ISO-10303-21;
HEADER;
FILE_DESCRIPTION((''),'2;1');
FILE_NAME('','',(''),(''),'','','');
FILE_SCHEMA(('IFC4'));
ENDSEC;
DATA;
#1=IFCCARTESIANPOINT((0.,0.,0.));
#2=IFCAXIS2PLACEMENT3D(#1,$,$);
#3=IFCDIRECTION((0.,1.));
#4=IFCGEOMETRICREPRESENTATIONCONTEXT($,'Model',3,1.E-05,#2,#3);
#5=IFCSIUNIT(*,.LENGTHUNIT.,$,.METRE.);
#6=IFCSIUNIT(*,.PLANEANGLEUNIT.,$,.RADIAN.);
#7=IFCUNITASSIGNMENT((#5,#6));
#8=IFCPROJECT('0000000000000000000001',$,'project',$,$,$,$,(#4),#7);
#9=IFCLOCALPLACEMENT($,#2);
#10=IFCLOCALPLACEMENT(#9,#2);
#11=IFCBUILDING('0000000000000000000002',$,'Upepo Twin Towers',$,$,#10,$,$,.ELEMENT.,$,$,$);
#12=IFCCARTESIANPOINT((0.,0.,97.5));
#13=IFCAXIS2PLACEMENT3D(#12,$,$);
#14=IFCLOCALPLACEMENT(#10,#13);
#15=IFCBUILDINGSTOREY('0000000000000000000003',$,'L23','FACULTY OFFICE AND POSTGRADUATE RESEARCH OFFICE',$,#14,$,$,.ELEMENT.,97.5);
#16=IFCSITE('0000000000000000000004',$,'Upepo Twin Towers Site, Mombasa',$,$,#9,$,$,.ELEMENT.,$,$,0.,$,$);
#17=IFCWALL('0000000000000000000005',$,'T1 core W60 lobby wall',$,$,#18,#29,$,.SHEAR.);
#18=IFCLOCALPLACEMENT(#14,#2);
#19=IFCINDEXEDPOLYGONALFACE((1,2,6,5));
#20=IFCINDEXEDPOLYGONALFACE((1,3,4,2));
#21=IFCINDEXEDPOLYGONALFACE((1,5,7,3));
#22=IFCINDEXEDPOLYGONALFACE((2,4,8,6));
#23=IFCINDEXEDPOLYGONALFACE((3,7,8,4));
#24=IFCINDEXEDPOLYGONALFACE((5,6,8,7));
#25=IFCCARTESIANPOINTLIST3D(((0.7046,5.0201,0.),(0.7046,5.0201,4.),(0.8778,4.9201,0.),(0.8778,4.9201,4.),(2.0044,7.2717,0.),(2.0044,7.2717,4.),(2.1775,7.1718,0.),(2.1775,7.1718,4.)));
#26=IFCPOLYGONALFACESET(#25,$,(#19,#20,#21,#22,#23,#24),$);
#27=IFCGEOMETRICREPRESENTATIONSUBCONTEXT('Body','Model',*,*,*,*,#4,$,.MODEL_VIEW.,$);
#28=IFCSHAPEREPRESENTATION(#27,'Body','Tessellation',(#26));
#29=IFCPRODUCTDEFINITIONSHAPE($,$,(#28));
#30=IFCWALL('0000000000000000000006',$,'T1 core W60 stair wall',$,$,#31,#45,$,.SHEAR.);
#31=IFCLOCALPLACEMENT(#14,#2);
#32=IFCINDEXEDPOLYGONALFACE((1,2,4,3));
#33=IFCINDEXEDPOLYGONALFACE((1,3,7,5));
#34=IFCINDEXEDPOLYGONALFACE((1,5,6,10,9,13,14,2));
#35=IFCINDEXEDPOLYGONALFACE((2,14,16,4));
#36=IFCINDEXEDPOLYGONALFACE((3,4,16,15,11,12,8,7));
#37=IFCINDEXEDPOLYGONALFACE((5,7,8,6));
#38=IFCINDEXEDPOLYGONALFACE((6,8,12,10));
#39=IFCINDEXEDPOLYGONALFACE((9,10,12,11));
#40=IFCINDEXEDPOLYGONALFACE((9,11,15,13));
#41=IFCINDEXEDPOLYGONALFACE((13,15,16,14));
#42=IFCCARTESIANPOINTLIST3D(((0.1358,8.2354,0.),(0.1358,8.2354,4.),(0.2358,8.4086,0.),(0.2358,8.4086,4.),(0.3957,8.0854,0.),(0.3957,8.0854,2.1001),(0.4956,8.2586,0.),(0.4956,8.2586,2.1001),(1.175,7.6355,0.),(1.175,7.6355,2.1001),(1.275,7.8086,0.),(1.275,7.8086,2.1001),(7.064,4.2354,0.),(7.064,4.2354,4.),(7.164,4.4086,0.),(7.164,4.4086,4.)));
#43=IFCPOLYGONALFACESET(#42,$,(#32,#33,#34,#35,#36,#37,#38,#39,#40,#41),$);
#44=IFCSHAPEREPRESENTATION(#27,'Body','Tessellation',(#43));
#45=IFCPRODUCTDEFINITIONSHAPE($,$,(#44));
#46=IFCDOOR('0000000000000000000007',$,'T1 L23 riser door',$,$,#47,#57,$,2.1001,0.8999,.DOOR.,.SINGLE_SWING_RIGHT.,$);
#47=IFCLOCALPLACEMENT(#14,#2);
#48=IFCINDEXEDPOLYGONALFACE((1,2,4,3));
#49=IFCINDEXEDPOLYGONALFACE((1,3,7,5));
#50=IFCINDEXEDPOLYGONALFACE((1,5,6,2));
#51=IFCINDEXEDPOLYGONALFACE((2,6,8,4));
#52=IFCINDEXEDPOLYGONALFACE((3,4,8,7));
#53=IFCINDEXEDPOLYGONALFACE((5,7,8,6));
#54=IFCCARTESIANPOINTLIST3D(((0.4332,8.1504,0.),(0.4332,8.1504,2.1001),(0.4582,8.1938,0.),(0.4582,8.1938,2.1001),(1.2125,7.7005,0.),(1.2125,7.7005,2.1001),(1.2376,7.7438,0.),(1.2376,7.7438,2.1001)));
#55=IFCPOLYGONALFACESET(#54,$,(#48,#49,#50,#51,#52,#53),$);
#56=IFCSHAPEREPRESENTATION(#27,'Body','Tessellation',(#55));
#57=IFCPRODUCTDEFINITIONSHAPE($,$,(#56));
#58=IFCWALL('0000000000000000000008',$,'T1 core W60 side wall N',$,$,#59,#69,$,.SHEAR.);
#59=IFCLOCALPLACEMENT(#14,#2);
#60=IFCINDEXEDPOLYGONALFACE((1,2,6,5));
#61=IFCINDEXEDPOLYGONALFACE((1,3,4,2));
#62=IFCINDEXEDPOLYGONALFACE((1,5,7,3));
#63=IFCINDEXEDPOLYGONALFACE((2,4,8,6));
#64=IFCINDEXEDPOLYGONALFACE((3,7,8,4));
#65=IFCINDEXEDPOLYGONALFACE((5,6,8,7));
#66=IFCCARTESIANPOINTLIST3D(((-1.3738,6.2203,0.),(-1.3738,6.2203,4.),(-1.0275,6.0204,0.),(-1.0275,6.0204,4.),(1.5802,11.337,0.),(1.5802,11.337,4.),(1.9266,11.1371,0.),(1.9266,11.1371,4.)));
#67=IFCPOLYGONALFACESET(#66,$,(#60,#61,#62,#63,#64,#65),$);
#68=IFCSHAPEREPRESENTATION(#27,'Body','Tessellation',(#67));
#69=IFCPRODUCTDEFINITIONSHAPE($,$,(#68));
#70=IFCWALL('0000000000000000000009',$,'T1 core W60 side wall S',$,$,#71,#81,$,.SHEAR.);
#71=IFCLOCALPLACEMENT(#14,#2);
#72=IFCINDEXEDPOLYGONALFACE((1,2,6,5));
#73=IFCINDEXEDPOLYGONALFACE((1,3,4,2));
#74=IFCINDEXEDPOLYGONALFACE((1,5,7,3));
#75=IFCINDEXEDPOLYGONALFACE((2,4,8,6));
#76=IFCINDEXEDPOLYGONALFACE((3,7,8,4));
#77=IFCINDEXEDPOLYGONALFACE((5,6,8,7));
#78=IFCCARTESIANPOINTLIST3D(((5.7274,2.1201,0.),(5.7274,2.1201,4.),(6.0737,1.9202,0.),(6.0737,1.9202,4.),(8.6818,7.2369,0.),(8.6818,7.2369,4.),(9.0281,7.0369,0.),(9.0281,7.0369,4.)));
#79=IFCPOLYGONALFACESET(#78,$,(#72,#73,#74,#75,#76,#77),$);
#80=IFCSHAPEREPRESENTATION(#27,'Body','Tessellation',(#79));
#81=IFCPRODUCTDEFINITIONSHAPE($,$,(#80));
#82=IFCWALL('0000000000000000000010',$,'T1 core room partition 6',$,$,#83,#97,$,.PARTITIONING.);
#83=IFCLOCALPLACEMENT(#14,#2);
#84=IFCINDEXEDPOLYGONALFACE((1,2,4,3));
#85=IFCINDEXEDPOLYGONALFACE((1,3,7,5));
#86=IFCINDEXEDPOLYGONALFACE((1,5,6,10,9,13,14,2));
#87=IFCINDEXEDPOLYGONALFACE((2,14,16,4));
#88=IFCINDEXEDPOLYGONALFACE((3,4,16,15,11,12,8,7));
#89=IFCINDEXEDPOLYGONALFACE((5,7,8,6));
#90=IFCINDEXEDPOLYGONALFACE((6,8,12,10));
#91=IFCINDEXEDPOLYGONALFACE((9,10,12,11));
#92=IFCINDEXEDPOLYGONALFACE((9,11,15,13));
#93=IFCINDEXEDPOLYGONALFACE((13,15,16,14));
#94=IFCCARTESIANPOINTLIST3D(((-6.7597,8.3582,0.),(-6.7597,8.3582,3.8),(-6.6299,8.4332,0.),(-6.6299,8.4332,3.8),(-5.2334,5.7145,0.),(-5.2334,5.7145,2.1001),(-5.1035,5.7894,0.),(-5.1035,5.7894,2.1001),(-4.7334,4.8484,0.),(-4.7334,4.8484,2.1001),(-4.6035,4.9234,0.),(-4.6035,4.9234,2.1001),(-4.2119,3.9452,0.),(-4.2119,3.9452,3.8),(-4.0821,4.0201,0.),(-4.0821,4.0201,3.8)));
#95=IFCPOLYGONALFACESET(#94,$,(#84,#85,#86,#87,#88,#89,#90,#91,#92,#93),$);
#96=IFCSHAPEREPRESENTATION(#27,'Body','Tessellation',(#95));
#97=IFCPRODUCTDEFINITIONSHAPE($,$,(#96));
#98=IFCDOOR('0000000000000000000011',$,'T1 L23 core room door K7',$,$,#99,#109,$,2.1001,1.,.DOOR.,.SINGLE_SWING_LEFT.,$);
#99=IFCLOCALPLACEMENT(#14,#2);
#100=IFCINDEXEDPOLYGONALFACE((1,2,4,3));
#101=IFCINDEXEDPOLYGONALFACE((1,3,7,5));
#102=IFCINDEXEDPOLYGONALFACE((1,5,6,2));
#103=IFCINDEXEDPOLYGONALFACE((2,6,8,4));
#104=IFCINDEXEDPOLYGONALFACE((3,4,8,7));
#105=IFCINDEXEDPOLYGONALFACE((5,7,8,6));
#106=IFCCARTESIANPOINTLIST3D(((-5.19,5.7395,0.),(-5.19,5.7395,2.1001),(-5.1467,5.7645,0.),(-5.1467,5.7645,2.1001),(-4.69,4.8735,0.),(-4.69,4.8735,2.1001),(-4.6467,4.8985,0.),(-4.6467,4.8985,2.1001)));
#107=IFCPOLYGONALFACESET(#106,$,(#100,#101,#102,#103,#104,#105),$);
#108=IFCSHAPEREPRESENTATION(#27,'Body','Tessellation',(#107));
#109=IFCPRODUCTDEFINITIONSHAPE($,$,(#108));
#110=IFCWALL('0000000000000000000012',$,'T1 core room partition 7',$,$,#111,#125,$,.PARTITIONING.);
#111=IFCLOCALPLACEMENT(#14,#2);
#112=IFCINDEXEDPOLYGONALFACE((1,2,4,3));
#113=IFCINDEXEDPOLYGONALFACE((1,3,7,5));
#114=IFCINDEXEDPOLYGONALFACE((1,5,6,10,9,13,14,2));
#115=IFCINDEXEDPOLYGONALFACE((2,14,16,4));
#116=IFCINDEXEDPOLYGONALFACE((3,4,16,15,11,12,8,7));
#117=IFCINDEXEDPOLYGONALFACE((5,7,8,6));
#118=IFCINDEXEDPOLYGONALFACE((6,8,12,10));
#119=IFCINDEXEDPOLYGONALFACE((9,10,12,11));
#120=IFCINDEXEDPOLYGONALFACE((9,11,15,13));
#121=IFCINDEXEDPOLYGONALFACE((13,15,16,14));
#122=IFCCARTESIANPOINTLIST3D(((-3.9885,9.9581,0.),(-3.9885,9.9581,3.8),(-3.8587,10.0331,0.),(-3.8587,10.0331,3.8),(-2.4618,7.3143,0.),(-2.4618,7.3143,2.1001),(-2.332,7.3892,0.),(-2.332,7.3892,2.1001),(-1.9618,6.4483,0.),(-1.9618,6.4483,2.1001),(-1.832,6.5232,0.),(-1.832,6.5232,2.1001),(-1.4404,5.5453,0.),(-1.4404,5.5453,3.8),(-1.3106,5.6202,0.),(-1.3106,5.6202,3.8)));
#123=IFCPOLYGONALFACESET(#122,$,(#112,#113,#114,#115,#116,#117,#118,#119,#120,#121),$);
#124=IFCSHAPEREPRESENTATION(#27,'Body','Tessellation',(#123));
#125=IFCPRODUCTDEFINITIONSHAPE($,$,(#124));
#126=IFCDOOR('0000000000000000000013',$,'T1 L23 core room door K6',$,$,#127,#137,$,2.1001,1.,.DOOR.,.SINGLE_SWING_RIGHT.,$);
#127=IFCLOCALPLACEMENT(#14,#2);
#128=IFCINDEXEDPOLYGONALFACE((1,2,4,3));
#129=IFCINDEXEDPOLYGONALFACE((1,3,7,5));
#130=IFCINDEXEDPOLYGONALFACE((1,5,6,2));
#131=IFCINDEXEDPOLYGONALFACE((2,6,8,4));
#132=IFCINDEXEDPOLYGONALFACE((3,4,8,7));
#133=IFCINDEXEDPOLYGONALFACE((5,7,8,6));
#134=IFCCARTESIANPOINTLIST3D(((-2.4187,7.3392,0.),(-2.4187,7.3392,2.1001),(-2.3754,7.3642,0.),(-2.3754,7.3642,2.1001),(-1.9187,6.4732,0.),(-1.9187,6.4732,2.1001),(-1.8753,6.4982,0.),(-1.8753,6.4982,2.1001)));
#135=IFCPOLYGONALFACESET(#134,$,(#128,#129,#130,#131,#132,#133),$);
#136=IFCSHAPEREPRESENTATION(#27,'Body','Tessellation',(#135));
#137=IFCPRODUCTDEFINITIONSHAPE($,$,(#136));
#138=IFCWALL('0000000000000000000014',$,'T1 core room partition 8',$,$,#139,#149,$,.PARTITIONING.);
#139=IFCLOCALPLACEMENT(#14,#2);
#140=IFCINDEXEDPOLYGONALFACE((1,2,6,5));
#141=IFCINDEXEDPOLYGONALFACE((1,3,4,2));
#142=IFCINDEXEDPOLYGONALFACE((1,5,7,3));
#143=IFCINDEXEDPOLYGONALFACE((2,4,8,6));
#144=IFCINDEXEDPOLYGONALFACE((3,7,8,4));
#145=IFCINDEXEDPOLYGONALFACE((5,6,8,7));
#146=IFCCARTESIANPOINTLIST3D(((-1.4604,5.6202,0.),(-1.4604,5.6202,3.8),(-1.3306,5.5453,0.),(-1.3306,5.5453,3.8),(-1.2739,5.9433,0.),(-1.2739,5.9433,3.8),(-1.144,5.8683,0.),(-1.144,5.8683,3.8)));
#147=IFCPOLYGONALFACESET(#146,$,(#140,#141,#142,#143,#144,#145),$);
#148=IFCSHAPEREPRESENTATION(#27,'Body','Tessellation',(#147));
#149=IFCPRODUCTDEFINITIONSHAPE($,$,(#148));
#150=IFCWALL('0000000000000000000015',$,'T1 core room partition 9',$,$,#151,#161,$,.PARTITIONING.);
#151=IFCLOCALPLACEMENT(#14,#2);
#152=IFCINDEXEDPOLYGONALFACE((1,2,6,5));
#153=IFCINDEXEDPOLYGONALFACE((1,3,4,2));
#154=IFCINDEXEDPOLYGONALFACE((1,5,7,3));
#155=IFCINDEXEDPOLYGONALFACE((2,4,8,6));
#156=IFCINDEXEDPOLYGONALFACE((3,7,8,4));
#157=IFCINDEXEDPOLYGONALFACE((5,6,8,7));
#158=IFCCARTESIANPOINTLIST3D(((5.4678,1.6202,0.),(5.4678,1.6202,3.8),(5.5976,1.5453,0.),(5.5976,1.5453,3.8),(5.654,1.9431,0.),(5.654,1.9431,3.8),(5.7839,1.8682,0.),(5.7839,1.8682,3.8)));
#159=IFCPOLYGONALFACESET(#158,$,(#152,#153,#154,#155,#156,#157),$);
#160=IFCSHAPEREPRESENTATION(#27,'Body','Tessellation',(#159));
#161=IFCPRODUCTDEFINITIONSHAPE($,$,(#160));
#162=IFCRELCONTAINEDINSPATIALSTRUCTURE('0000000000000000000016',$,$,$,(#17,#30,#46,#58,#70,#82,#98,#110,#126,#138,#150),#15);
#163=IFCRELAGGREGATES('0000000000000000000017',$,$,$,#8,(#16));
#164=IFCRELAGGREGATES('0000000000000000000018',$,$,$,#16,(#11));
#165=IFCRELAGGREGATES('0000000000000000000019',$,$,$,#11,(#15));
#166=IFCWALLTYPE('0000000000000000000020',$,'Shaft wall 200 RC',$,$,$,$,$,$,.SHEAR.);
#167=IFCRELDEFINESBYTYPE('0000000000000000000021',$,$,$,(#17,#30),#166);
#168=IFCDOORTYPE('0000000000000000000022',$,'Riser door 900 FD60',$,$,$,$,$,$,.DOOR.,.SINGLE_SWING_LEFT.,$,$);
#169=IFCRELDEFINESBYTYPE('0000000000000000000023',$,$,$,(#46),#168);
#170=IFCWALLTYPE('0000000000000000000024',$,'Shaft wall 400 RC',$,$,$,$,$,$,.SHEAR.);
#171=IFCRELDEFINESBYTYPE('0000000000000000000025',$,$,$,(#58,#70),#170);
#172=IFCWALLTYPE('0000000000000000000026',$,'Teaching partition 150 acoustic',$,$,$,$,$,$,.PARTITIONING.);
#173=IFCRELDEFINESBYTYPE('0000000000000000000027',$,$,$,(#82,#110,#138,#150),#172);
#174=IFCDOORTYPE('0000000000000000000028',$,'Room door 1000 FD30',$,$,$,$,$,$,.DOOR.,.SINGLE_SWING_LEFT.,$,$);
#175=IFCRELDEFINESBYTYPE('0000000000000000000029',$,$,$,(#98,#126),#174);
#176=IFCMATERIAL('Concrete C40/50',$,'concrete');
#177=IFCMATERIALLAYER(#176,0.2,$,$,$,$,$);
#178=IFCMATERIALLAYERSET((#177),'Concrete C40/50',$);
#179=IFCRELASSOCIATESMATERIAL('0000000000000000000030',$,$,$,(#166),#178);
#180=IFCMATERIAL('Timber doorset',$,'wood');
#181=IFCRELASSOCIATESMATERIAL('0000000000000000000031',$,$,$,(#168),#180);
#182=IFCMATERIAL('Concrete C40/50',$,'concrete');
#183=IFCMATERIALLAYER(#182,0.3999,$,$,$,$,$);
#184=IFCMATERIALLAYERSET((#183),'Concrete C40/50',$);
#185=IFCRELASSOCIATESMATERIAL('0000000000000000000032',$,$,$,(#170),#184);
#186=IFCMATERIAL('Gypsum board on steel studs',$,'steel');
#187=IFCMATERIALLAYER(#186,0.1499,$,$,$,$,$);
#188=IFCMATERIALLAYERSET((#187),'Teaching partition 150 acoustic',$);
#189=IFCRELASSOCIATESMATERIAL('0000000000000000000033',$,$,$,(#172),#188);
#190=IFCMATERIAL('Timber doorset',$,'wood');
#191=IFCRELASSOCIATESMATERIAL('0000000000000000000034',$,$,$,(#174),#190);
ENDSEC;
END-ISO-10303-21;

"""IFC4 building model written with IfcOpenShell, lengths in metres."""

from ifc_helpers import new_model, si_unit, direction, frame, frame_2d, origin, place, context, subcontext, project, spatial, rectangle, extrude, material, layer, layer_set, type_object, element, fill, save


model = new_model("IFC4")

# Units and contexts
model_context = context("Model", 3, precision=1e-05, world=origin(), true_north=direction((0.0, 1.0)))
body_context = subcontext(model_context, "Body", "Model", "MODEL_VIEW")
ifc_project = project(units=[si_unit("LENGTHUNIT", "METRE"), si_unit("PLANEANGLEUNIT", "RADIAN")], contexts=[model_context])

# Site, building, storey
site_placement = place(None, origin())
site = spatial("IfcSite", under=ifc_project, at=site_placement, Name="Upepo Twin Towers Site, Mombasa", CompositionType="ELEMENT", RefElevation=0.0)
building_placement = place(site_placement, origin())
building = spatial("IfcBuilding", under=site, at=building_placement, Name="Upepo Twin Towers", CompositionType="ELEMENT")
storey_placement = place(building_placement, frame((0.0, 0.0, 97.5)))
storey = spatial("IfcBuildingStorey", under=building, at=storey_placement, Name="L23", Description="FACULTY OFFICE AND POSTGRADUATE RESEARCH OFFICE", CompositionType="ELEMENT", Elevation=97.5)

# Shared definitions
ifc_material_1 = material(Name="Concrete C40/50", Category="concrete")
ifc_layer_1 = layer(ifc_material_1, 0.2)
ifc_layer_set_1 = layer_set([ifc_layer_1], Name="Concrete C40/50")
wall_type_1 = type_object("IfcWallType", Name="Shaft wall 200 RC", PredefinedType="SHEAR", material=ifc_layer_set_1)

# Wall
for number, where, z_axis, x_axis, name in (
    (1, (0.7913, 4.9702, 0.0), (0.0, 0.0, 1.0), (0.499937, 0.866062, 0.0), "T1 core W60 lobby wall"),
):
    element("IfcWall", number, at=place(storey_placement, frame(where, z_axis=z_axis, x_axis=x_axis)), inside=storey, type_object=wall_type_1, Name=name, PredefinedType="SHEAR", context=body_context, shape_type="SweptSolid", body=[
        extrude(rectangle(XDim=2.5999, YDim=0.2, at=frame_2d((1.2998, 0.0))), origin(), (0.0, 0.0, 1.0), 4.0),
    ])

# Wall, opening, door
wall_1_placement = place(storey_placement, frame((7.114, 4.322, 0.0), z_axis=(0.0, 0.0, 1.0), x_axis=(-0.866026, 0.499999, 0.0)))
wall_1 = element("IfcWall", 2, at=wall_1_placement, inside=storey, type_object=wall_type_1, Name="T1 core W60 stair wall", PredefinedType="SHEAR", context=body_context, shape_type="SweptSolid", body=[
    extrude(rectangle(XDim=8.0, YDim=0.2, at=frame_2d((4.0, 0.0))), origin(), (0.0, 0.0, 1.0), 4.0),
])
opening_1_placement = place(wall_1_placement, frame((6.8, 0.0, 0.0)))
opening_1 = element("IfcOpeningElement", 3, at=opening_1_placement, cuts=wall_1, PredefinedType="OPENING", context=body_context, shape_type="SweptSolid", body=[
    extrude(rectangle(XDim=0.8999, YDim=2.1001, at=frame_2d((0.45, 1.05))), frame((0.0, 0.1099, 0.0), z_axis=(0.0, -1.0, 0.0), x_axis=(1.0, 0.0, 0.0)), (0.0, 0.0, 1.0), 0.22),
])
ifc_material_2 = material(Name="Timber doorset", Category="wood")
door_type_1 = type_object("IfcDoorType", Name="Riser door 900 FD60", OperationType="SINGLE_SWING_LEFT", PredefinedType="DOOR", material=ifc_material_2)
door_1_placement = place(opening_1_placement, origin())
door_1 = element("IfcDoor", 4, at=door_1_placement, inside=storey, type_object=door_type_1, Name="T1 L23 riser door", OperationType="SINGLE_SWING_RIGHT", OverallHeight=2.1001, OverallWidth=0.8999, PredefinedType="DOOR", context=body_context, shape_type="SweptSolid", body=[
    extrude(rectangle(XDim=0.8999, YDim=2.1001, at=frame_2d((0.45, 1.05))), frame((0.0, 0.0249, 0.0), z_axis=(0.0, -1.0, 0.0), x_axis=(1.0, 0.0, 0.0)), (0.0, 0.0, 1.0), 0.05),
])
fill(opening_1, door_1)

# Walls
ifc_material_3 = material(Name="Concrete C40/50", Category="concrete")
ifc_layer_2 = layer(ifc_material_3, 0.3999)
ifc_layer_set_2 = layer_set([ifc_layer_2], Name="Concrete C40/50")
wall_type_2 = type_object("IfcWallType", Name="Shaft wall 400 RC", PredefinedType="SHEAR", material=ifc_layer_set_2)
wall_2_placement = place(storey_placement, frame((-1.2007, 6.1204, 0.0), z_axis=(0.0, 0.0, 1.0), x_axis=(0.499997, 0.866027, 0.0)))
element("IfcWall", 5, at=wall_2_placement, inside=storey, type_object=wall_type_2, Name="T1 core W60 side wall N", PredefinedType="SHEAR", context=body_context, shape_type="SweptSolid", body=[
    extrude(rectangle(XDim=5.9082, YDim=0.3999, at=frame_2d((2.9541, 0.0))), origin(), (0.0, 0.0, 1.0), 4.0),
])
wall_3_placement = place(storey_placement, frame((5.9006, 2.0203, 0.0), z_axis=(0.0, 0.0, 1.0), x_axis=(0.500028, 0.866009, 0.0)))
element("IfcWall", 6, at=wall_3_placement, inside=storey, type_object=wall_type_2, Name="T1 core W60 side wall S", PredefinedType="SHEAR", context=body_context, shape_type="SweptSolid", body=[
    extrude(rectangle(XDim=5.9084, YDim=0.3999, at=frame_2d((2.9541, 0.0))), origin(), (0.0, 0.0, 1.0), 4.0),
])

# Walls, openings, doors
ifc_material_4 = material(Name="Gypsum board on steel studs", Category="steel")
ifc_layer_3 = layer(ifc_material_4, 0.1499)
ifc_layer_set_3 = layer_set([ifc_layer_3], Name="Teaching partition 150 acoustic")
wall_type_3 = type_object("IfcWallType", Name="Teaching partition 150 acoustic", PredefinedType="PARTITIONING", material=ifc_layer_set_3)
wall_4_placement = place(storey_placement, frame((-4.147, 3.9827, 0.0), z_axis=(0.0, 0.0, 1.0), x_axis=(-0.499993, 0.866029, 0.0)))
wall_4 = element("IfcWall", 7, at=wall_4_placement, inside=storey, type_object=wall_type_3, Name="T1 core room partition 6", PredefinedType="PARTITIONING", context=body_context, shape_type="SweptSolid", body=[
    extrude(rectangle(XDim=5.0957, YDim=0.1499, at=frame_2d((2.5479, 0.0))), origin(), (0.0, 0.0, 1.0), 3.8),
])
opening_2_placement = place(wall_4_placement, frame((1.043, 0.0, 0.0)))
opening_2 = element("IfcOpeningElement", 8, at=opening_2_placement, cuts=wall_4, PredefinedType="OPENING", context=body_context, shape_type="SweptSolid", body=[
    extrude(rectangle(XDim=1.0, YDim=2.1001, at=frame_2d((0.5, 1.05))), frame((0.0, 0.085, 0.0), z_axis=(0.0, -1.0, 0.0), x_axis=(1.0, 0.0, 0.0)), (0.0, 0.0, 1.0), 0.1699),
])
ifc_material_5 = material(Name="Timber doorset", Category="wood")
door_type_2 = type_object("IfcDoorType", Name="Room door 1000 FD30", OperationType="SINGLE_SWING_LEFT", PredefinedType="DOOR", material=ifc_material_5)
door_2_placement = place(opening_2_placement, origin())
door_2 = element("IfcDoor", 9, at=door_2_placement, inside=storey, type_object=door_type_2, Name="T1 L23 core room door K7", OperationType="SINGLE_SWING_LEFT", OverallHeight=2.1001, OverallWidth=1.0, PredefinedType="DOOR", context=body_context, shape_type="SweptSolid", body=[
    extrude(rectangle(XDim=1.0, YDim=2.1001, at=frame_2d((0.5, 1.05))), frame((0.0, 0.0249, 0.0), z_axis=(0.0, -1.0, 0.0), x_axis=(1.0, 0.0, 0.0)), (0.0, 0.0, 1.0), 0.05),
])
fill(opening_2, door_2)
wall_5_placement = place(storey_placement, frame((-3.9236, 9.9956, 0.0), z_axis=(0.0, 0.0, 1.0), x_axis=(0.50005, -0.865996, 0.0)))
wall_5 = element("IfcWall", 10, at=wall_5_placement, inside=storey, type_object=wall_type_3, Name="T1 core room partition 7", PredefinedType="PARTITIONING", context=body_context, shape_type="SweptSolid", body=[
    extrude(rectangle(XDim=5.0957, YDim=0.1499, at=frame_2d((2.5479, 0.0))), origin(), (0.0, 0.0, 1.0), 3.8),
])
opening_3_placement = place(wall_5_placement, frame((3.053, 0.0, 0.0)))
opening_3 = element("IfcOpeningElement", 11, at=opening_3_placement, cuts=wall_5, PredefinedType="OPENING", context=body_context, shape_type="SweptSolid", body=[
    extrude(rectangle(XDim=1.0, YDim=2.1001, at=frame_2d((0.5, 1.05))), frame((0.0, 0.085, 0.0), z_axis=(0.0, -1.0, 0.0), x_axis=(1.0, 0.0, 0.0)), (0.0, 0.0, 1.0), 0.1699),
])
door_3_placement = place(opening_3_placement, origin())
door_3 = element("IfcDoor", 12, at=door_3_placement, inside=storey, type_object=door_type_2, Name="T1 L23 core room door K6", OperationType="SINGLE_SWING_RIGHT", OverallHeight=2.1001, OverallWidth=1.0, PredefinedType="DOOR", context=body_context, shape_type="SweptSolid", body=[
    extrude(rectangle(XDim=1.0, YDim=2.1001, at=frame_2d((0.5, 1.05))), frame((0.0, 0.0249, 0.0), z_axis=(0.0, -1.0, 0.0), x_axis=(1.0, 0.0, 0.0)), (0.0, 0.0, 1.0), 0.05),
])
fill(opening_3, door_3)

# Walls
wall_6_placement = place(storey_placement, frame((-1.3955, 5.5828, 0.0), z_axis=(0.0, 0.0, 1.0), x_axis=(0.500081, 0.865978, 0.0)))
element("IfcWall", 13, at=wall_6_placement, inside=storey, type_object=wall_type_3, Name="T1 core room partition 8", PredefinedType="PARTITIONING", context=body_context, shape_type="SweptSolid", body=[
    extrude(rectangle(XDim=0.373, YDim=0.1499, at=frame_2d((0.1865, 0.0))), origin(), (0.0, 0.0, 1.0), 3.8),
])
wall_7_placement = place(storey_placement, frame((5.719, 1.9058, 0.0), z_axis=(0.0, 0.0, 1.0), x_axis=(-0.49959, -0.866262, 0.0)))
element("IfcWall", 14, at=wall_7_placement, inside=storey, type_object=wall_type_3, Name="T1 core room partition 9", PredefinedType="PARTITIONING", context=body_context, shape_type="SweptSolid", body=[
    extrude(rectangle(XDim=0.3728, YDim=0.1499, at=frame_2d((0.1865, 0.0))), origin(), (0.0, 0.0, 1.0), 3.8),
])

save(model, "model.ifc")
